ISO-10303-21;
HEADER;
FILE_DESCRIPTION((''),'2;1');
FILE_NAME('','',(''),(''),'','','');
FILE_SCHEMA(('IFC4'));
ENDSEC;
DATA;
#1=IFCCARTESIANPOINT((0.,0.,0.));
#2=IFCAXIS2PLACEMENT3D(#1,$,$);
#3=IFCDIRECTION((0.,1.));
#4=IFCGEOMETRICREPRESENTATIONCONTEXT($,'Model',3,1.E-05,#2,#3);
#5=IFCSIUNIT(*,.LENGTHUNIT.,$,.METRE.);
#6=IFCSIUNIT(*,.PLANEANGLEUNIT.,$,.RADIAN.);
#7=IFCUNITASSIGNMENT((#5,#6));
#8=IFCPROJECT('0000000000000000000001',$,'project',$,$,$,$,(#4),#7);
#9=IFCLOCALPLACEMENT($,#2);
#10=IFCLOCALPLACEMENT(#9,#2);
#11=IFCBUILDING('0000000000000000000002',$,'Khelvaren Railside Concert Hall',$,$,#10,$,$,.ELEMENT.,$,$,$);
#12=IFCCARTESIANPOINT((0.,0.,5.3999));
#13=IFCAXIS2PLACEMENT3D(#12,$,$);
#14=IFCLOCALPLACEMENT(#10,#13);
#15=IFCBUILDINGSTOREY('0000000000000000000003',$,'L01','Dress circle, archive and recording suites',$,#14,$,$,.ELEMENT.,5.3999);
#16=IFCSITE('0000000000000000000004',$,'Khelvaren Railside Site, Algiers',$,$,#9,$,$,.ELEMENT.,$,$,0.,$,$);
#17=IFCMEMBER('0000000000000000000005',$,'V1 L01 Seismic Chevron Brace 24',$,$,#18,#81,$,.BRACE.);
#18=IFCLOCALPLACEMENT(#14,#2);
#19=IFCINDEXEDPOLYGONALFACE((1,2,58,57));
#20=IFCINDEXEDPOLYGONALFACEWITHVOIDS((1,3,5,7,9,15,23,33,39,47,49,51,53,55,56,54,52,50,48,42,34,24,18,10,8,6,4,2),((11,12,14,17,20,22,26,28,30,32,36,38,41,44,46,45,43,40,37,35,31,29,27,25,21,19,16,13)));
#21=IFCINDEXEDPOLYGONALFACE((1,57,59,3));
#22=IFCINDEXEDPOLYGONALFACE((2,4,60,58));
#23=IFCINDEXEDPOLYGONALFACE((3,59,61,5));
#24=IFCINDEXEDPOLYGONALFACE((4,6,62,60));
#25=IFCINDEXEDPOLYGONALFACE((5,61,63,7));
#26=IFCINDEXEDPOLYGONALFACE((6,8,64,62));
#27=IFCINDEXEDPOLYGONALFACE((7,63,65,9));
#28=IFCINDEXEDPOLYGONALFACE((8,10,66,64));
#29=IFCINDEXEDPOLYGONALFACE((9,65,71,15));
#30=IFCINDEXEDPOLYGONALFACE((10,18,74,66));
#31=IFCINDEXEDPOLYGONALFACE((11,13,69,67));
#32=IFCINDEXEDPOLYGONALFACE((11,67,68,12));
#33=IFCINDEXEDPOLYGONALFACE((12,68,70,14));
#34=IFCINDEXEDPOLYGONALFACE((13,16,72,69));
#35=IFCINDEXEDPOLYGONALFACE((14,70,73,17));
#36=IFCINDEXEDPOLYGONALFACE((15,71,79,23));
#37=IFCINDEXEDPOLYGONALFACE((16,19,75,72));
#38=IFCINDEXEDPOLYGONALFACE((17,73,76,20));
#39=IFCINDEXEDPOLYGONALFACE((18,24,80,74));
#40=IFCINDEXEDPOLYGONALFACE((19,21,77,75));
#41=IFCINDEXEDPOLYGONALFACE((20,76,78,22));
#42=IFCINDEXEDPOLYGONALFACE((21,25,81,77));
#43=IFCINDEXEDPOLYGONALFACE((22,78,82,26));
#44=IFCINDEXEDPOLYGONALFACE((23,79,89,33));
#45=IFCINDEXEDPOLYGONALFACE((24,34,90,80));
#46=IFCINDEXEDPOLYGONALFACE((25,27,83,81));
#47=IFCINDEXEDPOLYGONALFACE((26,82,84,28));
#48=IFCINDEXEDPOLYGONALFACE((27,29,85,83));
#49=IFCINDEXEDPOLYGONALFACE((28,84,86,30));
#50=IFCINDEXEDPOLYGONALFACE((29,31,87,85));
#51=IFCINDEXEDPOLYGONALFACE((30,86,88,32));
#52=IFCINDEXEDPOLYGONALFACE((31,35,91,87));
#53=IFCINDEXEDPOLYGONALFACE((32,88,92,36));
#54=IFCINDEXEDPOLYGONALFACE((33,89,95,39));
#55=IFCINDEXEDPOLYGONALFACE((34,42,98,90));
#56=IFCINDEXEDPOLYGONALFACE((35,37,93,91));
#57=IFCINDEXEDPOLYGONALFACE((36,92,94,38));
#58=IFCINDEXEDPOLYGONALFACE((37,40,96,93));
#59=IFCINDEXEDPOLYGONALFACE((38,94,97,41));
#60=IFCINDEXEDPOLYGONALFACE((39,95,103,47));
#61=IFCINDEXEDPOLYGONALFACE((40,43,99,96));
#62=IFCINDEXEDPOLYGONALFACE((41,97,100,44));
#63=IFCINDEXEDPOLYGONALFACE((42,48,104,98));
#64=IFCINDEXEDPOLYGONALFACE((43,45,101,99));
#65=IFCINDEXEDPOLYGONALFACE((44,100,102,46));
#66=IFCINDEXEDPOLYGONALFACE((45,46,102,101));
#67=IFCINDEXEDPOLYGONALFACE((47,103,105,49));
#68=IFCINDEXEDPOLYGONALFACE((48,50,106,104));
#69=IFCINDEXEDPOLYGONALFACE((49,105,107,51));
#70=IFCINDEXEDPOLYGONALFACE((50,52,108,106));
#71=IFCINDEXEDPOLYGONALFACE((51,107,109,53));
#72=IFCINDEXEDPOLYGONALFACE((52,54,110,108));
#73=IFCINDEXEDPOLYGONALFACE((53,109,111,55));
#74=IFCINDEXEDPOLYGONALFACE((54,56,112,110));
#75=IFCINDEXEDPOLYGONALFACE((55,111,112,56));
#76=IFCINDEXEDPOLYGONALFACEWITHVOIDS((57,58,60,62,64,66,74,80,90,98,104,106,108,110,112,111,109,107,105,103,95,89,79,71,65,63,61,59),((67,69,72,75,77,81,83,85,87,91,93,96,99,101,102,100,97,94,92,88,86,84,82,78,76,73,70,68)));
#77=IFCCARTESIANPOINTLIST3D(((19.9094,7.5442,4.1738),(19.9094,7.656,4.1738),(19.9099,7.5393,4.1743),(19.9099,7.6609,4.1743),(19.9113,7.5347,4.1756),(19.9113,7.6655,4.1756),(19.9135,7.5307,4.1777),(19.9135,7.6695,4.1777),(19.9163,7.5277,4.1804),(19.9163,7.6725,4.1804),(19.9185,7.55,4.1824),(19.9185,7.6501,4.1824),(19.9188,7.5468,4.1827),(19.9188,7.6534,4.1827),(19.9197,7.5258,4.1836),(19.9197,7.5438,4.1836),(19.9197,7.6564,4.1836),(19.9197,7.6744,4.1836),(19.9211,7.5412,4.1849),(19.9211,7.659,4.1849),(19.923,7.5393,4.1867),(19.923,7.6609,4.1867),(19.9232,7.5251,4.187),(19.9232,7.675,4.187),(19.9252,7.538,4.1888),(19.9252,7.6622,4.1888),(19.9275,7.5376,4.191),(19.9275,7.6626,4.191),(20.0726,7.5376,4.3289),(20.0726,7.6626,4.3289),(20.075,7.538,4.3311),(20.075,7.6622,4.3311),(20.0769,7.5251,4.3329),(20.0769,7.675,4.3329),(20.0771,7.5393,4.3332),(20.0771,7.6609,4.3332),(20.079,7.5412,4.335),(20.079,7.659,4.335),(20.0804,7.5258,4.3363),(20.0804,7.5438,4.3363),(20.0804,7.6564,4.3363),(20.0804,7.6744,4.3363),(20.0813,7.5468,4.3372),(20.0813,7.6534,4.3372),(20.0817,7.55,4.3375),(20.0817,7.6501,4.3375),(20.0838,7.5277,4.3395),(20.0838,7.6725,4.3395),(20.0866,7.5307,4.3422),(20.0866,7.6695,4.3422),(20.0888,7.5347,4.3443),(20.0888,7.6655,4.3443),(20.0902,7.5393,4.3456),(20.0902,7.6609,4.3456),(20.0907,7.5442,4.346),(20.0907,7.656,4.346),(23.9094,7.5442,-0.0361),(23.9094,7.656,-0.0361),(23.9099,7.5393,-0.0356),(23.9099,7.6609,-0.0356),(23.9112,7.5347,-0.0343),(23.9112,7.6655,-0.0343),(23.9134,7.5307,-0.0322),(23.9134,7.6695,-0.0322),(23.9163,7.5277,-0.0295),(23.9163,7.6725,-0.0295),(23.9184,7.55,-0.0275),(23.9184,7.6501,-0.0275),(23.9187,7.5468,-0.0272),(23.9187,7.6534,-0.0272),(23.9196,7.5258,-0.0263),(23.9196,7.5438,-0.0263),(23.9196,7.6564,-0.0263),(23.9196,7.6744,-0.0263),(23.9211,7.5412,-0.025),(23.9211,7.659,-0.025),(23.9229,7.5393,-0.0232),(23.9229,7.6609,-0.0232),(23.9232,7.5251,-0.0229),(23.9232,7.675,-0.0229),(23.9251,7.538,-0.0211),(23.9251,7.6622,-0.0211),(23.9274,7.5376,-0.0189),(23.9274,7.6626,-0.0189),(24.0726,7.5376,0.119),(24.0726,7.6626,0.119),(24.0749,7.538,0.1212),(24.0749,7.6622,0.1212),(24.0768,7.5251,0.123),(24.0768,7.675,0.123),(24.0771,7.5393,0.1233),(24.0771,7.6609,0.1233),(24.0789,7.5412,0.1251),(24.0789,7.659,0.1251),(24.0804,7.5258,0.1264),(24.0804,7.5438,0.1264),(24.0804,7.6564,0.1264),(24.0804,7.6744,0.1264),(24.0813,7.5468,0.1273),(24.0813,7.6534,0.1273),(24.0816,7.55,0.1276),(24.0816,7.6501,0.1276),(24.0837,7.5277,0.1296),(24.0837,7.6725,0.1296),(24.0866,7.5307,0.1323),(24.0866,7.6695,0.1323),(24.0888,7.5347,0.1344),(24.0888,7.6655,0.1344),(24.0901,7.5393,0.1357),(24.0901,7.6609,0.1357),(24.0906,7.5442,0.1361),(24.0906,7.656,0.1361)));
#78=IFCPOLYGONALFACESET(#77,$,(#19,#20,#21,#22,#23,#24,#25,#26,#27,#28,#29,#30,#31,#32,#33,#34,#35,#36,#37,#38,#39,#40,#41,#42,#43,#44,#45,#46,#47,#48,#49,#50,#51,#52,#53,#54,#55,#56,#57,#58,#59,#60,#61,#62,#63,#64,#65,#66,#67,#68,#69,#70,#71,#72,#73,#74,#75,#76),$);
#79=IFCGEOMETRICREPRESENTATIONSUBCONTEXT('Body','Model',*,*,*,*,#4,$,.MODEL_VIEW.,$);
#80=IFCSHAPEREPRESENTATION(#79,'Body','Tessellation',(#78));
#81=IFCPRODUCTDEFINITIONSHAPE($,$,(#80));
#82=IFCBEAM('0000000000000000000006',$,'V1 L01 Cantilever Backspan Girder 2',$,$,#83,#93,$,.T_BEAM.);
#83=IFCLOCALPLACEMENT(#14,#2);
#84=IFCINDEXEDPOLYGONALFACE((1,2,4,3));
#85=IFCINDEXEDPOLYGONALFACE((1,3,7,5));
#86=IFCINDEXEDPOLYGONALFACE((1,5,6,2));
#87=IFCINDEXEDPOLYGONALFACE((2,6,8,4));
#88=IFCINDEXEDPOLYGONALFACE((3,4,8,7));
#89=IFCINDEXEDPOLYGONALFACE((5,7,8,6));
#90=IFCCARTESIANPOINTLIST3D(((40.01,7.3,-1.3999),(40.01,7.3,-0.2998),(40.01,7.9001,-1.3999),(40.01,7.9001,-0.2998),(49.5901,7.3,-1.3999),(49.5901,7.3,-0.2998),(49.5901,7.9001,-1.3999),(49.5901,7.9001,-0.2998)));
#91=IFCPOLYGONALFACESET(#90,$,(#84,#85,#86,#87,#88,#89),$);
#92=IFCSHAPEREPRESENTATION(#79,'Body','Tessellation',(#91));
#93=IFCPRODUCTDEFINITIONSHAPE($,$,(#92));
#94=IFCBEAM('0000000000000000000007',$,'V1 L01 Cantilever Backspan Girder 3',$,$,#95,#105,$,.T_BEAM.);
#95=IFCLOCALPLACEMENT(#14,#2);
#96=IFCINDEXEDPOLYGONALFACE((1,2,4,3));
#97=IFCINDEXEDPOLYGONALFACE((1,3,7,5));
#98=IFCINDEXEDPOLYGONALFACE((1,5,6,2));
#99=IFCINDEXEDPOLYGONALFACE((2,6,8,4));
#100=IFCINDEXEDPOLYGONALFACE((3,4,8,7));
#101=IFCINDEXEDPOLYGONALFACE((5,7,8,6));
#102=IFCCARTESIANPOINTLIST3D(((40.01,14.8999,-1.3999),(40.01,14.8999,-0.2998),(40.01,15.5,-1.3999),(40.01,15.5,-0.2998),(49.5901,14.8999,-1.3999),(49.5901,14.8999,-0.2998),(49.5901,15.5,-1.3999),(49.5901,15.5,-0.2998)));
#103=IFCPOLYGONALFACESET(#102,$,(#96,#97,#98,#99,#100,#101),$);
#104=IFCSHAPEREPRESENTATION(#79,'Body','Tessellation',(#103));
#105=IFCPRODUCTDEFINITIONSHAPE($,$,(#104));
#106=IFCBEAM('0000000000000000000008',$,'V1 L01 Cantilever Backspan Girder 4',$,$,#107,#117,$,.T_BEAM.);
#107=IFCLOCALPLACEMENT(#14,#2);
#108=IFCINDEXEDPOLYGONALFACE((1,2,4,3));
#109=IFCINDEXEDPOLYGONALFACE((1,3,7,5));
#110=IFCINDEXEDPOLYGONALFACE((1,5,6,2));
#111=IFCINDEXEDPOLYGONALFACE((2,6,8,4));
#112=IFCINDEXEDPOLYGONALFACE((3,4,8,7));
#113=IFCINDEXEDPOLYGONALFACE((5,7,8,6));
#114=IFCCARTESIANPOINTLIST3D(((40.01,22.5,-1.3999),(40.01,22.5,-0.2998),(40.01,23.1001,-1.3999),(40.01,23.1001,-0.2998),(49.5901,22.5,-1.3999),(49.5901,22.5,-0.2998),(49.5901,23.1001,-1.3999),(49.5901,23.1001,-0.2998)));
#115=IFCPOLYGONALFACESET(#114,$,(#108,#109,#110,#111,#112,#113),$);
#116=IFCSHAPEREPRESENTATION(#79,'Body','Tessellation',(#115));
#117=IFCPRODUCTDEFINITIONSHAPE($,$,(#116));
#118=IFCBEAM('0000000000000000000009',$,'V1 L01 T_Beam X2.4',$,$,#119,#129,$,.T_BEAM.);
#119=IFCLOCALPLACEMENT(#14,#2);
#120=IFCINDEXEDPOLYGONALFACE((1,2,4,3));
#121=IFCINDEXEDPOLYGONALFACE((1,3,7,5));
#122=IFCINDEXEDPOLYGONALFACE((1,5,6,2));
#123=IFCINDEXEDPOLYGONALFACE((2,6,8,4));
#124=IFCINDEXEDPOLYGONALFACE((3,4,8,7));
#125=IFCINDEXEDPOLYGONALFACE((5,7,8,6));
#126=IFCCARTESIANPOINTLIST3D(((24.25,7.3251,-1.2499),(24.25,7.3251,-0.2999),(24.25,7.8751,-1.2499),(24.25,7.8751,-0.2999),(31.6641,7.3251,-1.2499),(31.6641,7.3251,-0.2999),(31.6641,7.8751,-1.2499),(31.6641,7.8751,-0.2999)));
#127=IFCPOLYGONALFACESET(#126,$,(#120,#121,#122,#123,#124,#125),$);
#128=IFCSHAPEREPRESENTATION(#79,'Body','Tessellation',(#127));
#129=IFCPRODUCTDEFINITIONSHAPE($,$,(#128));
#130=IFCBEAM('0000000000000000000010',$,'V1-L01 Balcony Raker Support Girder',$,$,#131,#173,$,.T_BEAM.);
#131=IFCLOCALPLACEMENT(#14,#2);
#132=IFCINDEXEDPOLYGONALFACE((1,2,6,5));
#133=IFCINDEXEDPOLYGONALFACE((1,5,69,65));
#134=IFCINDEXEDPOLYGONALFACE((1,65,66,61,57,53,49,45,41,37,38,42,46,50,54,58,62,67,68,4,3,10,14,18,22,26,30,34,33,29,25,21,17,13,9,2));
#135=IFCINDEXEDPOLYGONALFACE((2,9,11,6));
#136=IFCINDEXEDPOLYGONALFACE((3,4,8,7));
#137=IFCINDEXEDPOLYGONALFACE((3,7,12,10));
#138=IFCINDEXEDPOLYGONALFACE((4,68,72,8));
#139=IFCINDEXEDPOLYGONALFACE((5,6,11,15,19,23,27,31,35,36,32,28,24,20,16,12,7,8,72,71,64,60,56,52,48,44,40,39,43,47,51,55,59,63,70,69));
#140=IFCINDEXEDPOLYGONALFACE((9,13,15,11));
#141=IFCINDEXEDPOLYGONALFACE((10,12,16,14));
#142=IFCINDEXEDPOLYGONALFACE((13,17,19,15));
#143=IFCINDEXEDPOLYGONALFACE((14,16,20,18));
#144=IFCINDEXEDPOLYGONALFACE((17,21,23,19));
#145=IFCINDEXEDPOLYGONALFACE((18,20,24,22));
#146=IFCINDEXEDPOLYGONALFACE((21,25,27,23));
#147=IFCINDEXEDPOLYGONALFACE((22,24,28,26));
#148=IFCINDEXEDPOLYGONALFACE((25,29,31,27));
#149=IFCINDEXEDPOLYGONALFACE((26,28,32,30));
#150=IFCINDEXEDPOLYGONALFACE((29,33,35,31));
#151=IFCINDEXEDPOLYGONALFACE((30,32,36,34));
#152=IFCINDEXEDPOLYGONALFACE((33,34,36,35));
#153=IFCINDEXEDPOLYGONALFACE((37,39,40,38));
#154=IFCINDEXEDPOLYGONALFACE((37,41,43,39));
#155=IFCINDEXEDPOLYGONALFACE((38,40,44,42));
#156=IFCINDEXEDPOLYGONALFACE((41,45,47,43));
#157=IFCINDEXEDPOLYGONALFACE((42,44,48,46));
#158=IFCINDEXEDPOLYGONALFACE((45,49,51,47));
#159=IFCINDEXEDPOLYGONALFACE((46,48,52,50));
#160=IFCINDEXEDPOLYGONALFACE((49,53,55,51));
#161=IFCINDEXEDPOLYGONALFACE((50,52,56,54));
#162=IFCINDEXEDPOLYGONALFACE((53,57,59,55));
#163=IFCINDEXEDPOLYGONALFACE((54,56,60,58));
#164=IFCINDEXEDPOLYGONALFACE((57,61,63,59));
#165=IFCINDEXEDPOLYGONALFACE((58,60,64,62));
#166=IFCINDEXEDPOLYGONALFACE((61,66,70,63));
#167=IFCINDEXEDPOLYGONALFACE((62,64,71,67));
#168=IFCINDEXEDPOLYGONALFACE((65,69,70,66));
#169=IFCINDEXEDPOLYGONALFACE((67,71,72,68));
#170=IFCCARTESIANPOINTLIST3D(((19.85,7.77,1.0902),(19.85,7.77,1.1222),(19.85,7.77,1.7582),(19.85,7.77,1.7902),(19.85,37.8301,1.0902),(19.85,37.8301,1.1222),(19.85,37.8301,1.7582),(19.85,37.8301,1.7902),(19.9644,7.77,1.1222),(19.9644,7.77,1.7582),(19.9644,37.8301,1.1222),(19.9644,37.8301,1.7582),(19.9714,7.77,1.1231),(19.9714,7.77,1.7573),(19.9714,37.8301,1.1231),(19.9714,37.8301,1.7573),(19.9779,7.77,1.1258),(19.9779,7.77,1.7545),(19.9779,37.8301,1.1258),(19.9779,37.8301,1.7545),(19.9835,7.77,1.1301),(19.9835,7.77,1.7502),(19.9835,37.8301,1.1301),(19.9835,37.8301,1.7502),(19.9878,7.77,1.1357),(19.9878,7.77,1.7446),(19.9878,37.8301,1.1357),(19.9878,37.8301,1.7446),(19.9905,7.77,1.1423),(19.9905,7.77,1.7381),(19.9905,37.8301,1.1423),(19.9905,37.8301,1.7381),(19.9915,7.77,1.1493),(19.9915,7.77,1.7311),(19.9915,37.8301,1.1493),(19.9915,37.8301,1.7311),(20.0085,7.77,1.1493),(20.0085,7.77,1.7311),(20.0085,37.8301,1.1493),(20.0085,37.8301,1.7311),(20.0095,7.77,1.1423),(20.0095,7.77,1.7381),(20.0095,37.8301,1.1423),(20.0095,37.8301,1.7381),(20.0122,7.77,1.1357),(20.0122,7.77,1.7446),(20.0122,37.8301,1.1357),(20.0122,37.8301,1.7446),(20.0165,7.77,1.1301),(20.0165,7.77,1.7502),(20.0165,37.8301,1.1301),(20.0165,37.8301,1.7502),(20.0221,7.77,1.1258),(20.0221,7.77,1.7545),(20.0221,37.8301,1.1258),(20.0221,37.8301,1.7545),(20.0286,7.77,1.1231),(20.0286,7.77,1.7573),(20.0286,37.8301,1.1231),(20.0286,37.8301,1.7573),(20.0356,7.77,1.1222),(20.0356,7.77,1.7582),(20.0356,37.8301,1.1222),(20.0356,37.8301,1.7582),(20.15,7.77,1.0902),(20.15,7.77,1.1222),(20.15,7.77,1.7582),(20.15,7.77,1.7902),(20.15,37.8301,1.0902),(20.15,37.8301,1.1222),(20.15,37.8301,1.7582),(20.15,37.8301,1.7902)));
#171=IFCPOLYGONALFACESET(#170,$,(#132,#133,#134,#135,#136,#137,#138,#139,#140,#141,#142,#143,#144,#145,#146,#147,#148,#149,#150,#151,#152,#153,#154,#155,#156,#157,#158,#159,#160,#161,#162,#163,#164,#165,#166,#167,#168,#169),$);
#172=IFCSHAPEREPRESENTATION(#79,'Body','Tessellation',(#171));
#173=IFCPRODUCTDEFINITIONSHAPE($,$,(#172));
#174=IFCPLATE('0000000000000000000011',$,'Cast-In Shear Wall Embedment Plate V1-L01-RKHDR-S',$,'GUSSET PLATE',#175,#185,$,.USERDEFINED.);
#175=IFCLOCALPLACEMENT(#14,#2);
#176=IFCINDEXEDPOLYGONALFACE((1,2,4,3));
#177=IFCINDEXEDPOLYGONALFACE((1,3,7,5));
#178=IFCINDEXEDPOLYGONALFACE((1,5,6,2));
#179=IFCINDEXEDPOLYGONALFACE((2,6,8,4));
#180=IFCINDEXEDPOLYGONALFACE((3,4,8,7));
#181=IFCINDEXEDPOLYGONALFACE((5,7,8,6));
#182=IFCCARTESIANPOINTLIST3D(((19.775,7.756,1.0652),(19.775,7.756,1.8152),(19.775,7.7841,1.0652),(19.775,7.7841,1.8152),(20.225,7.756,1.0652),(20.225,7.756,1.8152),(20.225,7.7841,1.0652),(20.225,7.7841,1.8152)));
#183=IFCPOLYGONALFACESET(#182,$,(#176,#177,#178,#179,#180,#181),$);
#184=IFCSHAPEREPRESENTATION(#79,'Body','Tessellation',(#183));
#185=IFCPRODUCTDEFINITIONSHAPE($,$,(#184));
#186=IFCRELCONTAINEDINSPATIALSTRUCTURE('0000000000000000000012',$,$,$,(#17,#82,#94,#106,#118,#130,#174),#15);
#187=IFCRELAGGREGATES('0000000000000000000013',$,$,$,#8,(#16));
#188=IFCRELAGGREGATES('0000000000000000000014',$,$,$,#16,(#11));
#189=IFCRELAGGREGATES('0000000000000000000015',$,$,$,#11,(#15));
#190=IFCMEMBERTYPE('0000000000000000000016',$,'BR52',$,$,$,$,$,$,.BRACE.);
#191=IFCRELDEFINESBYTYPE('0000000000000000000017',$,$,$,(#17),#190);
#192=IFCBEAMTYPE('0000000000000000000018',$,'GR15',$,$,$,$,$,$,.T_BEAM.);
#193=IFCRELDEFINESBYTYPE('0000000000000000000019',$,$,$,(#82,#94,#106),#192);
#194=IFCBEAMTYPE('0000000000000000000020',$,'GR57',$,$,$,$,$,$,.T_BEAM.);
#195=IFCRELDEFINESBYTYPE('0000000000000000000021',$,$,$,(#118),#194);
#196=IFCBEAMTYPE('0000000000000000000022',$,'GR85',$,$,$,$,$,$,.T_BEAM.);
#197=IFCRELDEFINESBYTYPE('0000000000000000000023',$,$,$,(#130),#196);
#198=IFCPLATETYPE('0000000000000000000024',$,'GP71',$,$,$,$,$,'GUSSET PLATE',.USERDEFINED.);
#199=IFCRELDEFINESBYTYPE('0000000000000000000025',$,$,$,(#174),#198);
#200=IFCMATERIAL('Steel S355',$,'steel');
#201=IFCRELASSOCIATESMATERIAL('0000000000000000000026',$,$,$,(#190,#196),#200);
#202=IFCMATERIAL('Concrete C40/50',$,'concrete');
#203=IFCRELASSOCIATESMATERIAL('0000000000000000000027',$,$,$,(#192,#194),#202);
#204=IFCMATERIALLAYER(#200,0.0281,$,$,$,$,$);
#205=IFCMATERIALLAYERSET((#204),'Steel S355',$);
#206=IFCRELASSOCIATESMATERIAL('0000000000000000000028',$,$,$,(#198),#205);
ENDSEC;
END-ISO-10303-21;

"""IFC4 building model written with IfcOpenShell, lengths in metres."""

from ifc_helpers import new_model, si_unit, direction, frame, origin, origin_2d, place, context, subcontext, project, spatial, rectangle, hollow_rectangle, i_section, extrude, material, layer, layer_set, material_profile, profile_set, type_object, element, save


model = new_model("IFC4")

# Units and contexts
model_context = context("Model", 3, precision=1e-05, world=origin(), true_north=direction((0.0, 1.0)))
body_context = subcontext(model_context, "Body", "Model", "MODEL_VIEW")
ifc_project = project(units=[si_unit("LENGTHUNIT", "METRE"), si_unit("PLANEANGLEUNIT", "RADIAN")], contexts=[model_context])

# Site, building, storey
site_placement = place(None, origin())
site = spatial("IfcSite", under=ifc_project, at=site_placement, Name="Khelvaren Railside Site, Algiers", CompositionType="ELEMENT", RefElevation=0.0)
building_placement = place(site_placement, origin())
building = spatial("IfcBuilding", under=site, at=building_placement, Name="Khelvaren Railside Concert Hall", CompositionType="ELEMENT")
storey_placement = place(building_placement, frame((0.0, 0.0, 5.3999)))
storey = spatial("IfcBuildingStorey", under=building, at=storey_placement, Name="L01", Description="Dress circle, archive and recording suites", CompositionType="ELEMENT", Elevation=5.3999)

# Shared definitions
ifc_material_1 = material(Name="Steel S355", Category="steel")

# Shared definitions
ifc_material_2 = material(Name="Concrete C40/50", Category="concrete")

# Member
ifc_material_profile_1 = material_profile(ifc_material_1, hollow_rectangle(XDim=0.1499, YDim=0.25, WallThickness=0.0125, InnerFilletRadius=0.0125, OuterFilletRadius=0.019, at=origin_2d()), Name="RHS 250x150x12.5")
ifc_profile_set_1 = profile_set([ifc_material_profile_1], Name="Steel S355")
member_type = type_object("IfcMemberType", Name="BR52", PredefinedType="BRACE", material=ifc_profile_set_1)
member_placement = place(storey_placement, frame((24.0, 7.6001, 0.05), z_axis=(-0.688798, 0.0, 0.724953), x_axis=(0.0, -1.0, 0.0)))
element("IfcMember", 1, at=member_placement, inside=storey, type_object=member_type, Name="V1 L01 Seismic Chevron Brace 24", PredefinedType="BRACE", context=body_context, shape_type="SweptSolid", body=[
    extrude(hollow_rectangle(XDim=0.1499, YDim=0.25, WallThickness=0.0125, InnerFilletRadius=0.0125, OuterFilletRadius=0.019, at=origin_2d()), origin(), (0.0, 0.0, 1.0), 5.8071),
])

# Beams
ifc_material_profile_2 = material_profile(ifc_material_2, rectangle(XDim=0.6001, YDim=1.1001, at=origin_2d()), Name="RCB 600x1100")
ifc_profile_set_2 = profile_set([ifc_material_profile_2], Name="Concrete C40/50")
beam_type_1 = type_object("IfcBeamType", Name="GR15", PredefinedType="T_BEAM", material=ifc_profile_set_2)
for number, where, z_axis, x_axis, name in (
    (2, (40.01, 7.6001, -0.8499), (1.0, 0.0, 0.0), (0.0, 1.0, 0.0), "V1 L01 Cantilever Backspan Girder 2"),
    (3, (40.01, 15.2, -0.8499), (1.0, 0.0, 0.0), (0.0, 1.0, 0.0), "V1 L01 Cantilever Backspan Girder 3"),
    (4, (40.01, 22.8, -0.8499), (1.0, 0.0, 0.0), (0.0, 1.0, 0.0), "V1 L01 Cantilever Backspan Girder 4"),
):
    element("IfcBeam", number, at=place(storey_placement, frame(where, z_axis=z_axis, x_axis=x_axis)), inside=storey, type_object=beam_type_1, Name=name, PredefinedType="T_BEAM", context=body_context, shape_type="SweptSolid", body=[
        extrude(rectangle(XDim=0.6001, YDim=1.1001, at=origin_2d()), origin(), (0.0, 0.0, 1.0), 9.5801),
    ])
ifc_material_profile_3 = material_profile(ifc_material_2, rectangle(XDim=0.55, YDim=0.95, at=origin_2d()), Name="RCB 550x950")
ifc_profile_set_3 = profile_set([ifc_material_profile_3], Name="Concrete C40/50")
beam_type_2 = type_object("IfcBeamType", Name="GR57", PredefinedType="T_BEAM", material=ifc_profile_set_3)
beam_1_placement = place(storey_placement, frame((24.25, 7.6001, -0.7749), z_axis=(1.0, 0.0, 0.0), x_axis=(0.0, 1.0, 0.0)))
element("IfcBeam", 5, at=beam_1_placement, inside=storey, type_object=beam_type_2, Name="V1 L01 T_Beam X2.4", PredefinedType="T_BEAM", context=body_context, shape_type="SweptSolid", body=[
    extrude(rectangle(XDim=0.55, YDim=0.95, at=origin_2d()), origin(), (0.0, 0.0, 1.0), 7.4141),
])
ifc_material_profile_4 = material_profile(ifc_material_1, i_section(OverallWidth=0.3, OverallDepth=0.7, WebThickness=0.0171, FlangeThickness=0.032, FilletRadius=0.0271, at=origin_2d()), Name="HEB 700")
ifc_profile_set_4 = profile_set([ifc_material_profile_4], Name="Steel S355")
beam_type_3 = type_object("IfcBeamType", Name="GR85", PredefinedType="T_BEAM", material=ifc_profile_set_4)
beam_2_placement = place(storey_placement, frame((20.0, 7.77, 1.4402), z_axis=(0.0, 1.0, 0.0), x_axis=(-1.0, 0.0, 0.0)))
element("IfcBeam", 6, at=beam_2_placement, inside=storey, type_object=beam_type_3, Name="V1-L01 Balcony Raker Support Girder", PredefinedType="T_BEAM", context=body_context, shape_type="SweptSolid", body=[
    extrude(i_section(OverallWidth=0.3, OverallDepth=0.7, WebThickness=0.0171, FlangeThickness=0.032, FilletRadius=0.0271, at=origin_2d()), origin(), (0.0, 0.0, 1.0), 30.0601),
])

# Plate
ifc_layer_1 = layer(ifc_material_1, 0.0281)
ifc_layer_set_1 = layer_set([ifc_layer_1], Name="Steel S355")
plate_type_1 = type_object("IfcPlateType", Name="GP71", ElementType="GUSSET PLATE", PredefinedType="USERDEFINED", material=ifc_layer_set_1)
plate_1_placement = place(storey_placement, frame((20.0, 7.77, 1.0652), z_axis=(0.0, 0.0, 1.0), x_axis=(1.0, 0.0, 0.0)))
element("IfcPlate", 7, at=plate_1_placement, inside=storey, type_object=plate_type_1, Name="Cast-In Shear Wall Embedment Plate V1-L01-RKHDR-S", ObjectType="GUSSET PLATE", PredefinedType="USERDEFINED", context=body_context, shape_type="SweptSolid", body=[
    extrude(rectangle(XDim=0.45, YDim=0.0281, at=origin_2d()), origin(), (0.0, 0.0, 1.0), 0.75),
])

save(model, "model.ifc")
